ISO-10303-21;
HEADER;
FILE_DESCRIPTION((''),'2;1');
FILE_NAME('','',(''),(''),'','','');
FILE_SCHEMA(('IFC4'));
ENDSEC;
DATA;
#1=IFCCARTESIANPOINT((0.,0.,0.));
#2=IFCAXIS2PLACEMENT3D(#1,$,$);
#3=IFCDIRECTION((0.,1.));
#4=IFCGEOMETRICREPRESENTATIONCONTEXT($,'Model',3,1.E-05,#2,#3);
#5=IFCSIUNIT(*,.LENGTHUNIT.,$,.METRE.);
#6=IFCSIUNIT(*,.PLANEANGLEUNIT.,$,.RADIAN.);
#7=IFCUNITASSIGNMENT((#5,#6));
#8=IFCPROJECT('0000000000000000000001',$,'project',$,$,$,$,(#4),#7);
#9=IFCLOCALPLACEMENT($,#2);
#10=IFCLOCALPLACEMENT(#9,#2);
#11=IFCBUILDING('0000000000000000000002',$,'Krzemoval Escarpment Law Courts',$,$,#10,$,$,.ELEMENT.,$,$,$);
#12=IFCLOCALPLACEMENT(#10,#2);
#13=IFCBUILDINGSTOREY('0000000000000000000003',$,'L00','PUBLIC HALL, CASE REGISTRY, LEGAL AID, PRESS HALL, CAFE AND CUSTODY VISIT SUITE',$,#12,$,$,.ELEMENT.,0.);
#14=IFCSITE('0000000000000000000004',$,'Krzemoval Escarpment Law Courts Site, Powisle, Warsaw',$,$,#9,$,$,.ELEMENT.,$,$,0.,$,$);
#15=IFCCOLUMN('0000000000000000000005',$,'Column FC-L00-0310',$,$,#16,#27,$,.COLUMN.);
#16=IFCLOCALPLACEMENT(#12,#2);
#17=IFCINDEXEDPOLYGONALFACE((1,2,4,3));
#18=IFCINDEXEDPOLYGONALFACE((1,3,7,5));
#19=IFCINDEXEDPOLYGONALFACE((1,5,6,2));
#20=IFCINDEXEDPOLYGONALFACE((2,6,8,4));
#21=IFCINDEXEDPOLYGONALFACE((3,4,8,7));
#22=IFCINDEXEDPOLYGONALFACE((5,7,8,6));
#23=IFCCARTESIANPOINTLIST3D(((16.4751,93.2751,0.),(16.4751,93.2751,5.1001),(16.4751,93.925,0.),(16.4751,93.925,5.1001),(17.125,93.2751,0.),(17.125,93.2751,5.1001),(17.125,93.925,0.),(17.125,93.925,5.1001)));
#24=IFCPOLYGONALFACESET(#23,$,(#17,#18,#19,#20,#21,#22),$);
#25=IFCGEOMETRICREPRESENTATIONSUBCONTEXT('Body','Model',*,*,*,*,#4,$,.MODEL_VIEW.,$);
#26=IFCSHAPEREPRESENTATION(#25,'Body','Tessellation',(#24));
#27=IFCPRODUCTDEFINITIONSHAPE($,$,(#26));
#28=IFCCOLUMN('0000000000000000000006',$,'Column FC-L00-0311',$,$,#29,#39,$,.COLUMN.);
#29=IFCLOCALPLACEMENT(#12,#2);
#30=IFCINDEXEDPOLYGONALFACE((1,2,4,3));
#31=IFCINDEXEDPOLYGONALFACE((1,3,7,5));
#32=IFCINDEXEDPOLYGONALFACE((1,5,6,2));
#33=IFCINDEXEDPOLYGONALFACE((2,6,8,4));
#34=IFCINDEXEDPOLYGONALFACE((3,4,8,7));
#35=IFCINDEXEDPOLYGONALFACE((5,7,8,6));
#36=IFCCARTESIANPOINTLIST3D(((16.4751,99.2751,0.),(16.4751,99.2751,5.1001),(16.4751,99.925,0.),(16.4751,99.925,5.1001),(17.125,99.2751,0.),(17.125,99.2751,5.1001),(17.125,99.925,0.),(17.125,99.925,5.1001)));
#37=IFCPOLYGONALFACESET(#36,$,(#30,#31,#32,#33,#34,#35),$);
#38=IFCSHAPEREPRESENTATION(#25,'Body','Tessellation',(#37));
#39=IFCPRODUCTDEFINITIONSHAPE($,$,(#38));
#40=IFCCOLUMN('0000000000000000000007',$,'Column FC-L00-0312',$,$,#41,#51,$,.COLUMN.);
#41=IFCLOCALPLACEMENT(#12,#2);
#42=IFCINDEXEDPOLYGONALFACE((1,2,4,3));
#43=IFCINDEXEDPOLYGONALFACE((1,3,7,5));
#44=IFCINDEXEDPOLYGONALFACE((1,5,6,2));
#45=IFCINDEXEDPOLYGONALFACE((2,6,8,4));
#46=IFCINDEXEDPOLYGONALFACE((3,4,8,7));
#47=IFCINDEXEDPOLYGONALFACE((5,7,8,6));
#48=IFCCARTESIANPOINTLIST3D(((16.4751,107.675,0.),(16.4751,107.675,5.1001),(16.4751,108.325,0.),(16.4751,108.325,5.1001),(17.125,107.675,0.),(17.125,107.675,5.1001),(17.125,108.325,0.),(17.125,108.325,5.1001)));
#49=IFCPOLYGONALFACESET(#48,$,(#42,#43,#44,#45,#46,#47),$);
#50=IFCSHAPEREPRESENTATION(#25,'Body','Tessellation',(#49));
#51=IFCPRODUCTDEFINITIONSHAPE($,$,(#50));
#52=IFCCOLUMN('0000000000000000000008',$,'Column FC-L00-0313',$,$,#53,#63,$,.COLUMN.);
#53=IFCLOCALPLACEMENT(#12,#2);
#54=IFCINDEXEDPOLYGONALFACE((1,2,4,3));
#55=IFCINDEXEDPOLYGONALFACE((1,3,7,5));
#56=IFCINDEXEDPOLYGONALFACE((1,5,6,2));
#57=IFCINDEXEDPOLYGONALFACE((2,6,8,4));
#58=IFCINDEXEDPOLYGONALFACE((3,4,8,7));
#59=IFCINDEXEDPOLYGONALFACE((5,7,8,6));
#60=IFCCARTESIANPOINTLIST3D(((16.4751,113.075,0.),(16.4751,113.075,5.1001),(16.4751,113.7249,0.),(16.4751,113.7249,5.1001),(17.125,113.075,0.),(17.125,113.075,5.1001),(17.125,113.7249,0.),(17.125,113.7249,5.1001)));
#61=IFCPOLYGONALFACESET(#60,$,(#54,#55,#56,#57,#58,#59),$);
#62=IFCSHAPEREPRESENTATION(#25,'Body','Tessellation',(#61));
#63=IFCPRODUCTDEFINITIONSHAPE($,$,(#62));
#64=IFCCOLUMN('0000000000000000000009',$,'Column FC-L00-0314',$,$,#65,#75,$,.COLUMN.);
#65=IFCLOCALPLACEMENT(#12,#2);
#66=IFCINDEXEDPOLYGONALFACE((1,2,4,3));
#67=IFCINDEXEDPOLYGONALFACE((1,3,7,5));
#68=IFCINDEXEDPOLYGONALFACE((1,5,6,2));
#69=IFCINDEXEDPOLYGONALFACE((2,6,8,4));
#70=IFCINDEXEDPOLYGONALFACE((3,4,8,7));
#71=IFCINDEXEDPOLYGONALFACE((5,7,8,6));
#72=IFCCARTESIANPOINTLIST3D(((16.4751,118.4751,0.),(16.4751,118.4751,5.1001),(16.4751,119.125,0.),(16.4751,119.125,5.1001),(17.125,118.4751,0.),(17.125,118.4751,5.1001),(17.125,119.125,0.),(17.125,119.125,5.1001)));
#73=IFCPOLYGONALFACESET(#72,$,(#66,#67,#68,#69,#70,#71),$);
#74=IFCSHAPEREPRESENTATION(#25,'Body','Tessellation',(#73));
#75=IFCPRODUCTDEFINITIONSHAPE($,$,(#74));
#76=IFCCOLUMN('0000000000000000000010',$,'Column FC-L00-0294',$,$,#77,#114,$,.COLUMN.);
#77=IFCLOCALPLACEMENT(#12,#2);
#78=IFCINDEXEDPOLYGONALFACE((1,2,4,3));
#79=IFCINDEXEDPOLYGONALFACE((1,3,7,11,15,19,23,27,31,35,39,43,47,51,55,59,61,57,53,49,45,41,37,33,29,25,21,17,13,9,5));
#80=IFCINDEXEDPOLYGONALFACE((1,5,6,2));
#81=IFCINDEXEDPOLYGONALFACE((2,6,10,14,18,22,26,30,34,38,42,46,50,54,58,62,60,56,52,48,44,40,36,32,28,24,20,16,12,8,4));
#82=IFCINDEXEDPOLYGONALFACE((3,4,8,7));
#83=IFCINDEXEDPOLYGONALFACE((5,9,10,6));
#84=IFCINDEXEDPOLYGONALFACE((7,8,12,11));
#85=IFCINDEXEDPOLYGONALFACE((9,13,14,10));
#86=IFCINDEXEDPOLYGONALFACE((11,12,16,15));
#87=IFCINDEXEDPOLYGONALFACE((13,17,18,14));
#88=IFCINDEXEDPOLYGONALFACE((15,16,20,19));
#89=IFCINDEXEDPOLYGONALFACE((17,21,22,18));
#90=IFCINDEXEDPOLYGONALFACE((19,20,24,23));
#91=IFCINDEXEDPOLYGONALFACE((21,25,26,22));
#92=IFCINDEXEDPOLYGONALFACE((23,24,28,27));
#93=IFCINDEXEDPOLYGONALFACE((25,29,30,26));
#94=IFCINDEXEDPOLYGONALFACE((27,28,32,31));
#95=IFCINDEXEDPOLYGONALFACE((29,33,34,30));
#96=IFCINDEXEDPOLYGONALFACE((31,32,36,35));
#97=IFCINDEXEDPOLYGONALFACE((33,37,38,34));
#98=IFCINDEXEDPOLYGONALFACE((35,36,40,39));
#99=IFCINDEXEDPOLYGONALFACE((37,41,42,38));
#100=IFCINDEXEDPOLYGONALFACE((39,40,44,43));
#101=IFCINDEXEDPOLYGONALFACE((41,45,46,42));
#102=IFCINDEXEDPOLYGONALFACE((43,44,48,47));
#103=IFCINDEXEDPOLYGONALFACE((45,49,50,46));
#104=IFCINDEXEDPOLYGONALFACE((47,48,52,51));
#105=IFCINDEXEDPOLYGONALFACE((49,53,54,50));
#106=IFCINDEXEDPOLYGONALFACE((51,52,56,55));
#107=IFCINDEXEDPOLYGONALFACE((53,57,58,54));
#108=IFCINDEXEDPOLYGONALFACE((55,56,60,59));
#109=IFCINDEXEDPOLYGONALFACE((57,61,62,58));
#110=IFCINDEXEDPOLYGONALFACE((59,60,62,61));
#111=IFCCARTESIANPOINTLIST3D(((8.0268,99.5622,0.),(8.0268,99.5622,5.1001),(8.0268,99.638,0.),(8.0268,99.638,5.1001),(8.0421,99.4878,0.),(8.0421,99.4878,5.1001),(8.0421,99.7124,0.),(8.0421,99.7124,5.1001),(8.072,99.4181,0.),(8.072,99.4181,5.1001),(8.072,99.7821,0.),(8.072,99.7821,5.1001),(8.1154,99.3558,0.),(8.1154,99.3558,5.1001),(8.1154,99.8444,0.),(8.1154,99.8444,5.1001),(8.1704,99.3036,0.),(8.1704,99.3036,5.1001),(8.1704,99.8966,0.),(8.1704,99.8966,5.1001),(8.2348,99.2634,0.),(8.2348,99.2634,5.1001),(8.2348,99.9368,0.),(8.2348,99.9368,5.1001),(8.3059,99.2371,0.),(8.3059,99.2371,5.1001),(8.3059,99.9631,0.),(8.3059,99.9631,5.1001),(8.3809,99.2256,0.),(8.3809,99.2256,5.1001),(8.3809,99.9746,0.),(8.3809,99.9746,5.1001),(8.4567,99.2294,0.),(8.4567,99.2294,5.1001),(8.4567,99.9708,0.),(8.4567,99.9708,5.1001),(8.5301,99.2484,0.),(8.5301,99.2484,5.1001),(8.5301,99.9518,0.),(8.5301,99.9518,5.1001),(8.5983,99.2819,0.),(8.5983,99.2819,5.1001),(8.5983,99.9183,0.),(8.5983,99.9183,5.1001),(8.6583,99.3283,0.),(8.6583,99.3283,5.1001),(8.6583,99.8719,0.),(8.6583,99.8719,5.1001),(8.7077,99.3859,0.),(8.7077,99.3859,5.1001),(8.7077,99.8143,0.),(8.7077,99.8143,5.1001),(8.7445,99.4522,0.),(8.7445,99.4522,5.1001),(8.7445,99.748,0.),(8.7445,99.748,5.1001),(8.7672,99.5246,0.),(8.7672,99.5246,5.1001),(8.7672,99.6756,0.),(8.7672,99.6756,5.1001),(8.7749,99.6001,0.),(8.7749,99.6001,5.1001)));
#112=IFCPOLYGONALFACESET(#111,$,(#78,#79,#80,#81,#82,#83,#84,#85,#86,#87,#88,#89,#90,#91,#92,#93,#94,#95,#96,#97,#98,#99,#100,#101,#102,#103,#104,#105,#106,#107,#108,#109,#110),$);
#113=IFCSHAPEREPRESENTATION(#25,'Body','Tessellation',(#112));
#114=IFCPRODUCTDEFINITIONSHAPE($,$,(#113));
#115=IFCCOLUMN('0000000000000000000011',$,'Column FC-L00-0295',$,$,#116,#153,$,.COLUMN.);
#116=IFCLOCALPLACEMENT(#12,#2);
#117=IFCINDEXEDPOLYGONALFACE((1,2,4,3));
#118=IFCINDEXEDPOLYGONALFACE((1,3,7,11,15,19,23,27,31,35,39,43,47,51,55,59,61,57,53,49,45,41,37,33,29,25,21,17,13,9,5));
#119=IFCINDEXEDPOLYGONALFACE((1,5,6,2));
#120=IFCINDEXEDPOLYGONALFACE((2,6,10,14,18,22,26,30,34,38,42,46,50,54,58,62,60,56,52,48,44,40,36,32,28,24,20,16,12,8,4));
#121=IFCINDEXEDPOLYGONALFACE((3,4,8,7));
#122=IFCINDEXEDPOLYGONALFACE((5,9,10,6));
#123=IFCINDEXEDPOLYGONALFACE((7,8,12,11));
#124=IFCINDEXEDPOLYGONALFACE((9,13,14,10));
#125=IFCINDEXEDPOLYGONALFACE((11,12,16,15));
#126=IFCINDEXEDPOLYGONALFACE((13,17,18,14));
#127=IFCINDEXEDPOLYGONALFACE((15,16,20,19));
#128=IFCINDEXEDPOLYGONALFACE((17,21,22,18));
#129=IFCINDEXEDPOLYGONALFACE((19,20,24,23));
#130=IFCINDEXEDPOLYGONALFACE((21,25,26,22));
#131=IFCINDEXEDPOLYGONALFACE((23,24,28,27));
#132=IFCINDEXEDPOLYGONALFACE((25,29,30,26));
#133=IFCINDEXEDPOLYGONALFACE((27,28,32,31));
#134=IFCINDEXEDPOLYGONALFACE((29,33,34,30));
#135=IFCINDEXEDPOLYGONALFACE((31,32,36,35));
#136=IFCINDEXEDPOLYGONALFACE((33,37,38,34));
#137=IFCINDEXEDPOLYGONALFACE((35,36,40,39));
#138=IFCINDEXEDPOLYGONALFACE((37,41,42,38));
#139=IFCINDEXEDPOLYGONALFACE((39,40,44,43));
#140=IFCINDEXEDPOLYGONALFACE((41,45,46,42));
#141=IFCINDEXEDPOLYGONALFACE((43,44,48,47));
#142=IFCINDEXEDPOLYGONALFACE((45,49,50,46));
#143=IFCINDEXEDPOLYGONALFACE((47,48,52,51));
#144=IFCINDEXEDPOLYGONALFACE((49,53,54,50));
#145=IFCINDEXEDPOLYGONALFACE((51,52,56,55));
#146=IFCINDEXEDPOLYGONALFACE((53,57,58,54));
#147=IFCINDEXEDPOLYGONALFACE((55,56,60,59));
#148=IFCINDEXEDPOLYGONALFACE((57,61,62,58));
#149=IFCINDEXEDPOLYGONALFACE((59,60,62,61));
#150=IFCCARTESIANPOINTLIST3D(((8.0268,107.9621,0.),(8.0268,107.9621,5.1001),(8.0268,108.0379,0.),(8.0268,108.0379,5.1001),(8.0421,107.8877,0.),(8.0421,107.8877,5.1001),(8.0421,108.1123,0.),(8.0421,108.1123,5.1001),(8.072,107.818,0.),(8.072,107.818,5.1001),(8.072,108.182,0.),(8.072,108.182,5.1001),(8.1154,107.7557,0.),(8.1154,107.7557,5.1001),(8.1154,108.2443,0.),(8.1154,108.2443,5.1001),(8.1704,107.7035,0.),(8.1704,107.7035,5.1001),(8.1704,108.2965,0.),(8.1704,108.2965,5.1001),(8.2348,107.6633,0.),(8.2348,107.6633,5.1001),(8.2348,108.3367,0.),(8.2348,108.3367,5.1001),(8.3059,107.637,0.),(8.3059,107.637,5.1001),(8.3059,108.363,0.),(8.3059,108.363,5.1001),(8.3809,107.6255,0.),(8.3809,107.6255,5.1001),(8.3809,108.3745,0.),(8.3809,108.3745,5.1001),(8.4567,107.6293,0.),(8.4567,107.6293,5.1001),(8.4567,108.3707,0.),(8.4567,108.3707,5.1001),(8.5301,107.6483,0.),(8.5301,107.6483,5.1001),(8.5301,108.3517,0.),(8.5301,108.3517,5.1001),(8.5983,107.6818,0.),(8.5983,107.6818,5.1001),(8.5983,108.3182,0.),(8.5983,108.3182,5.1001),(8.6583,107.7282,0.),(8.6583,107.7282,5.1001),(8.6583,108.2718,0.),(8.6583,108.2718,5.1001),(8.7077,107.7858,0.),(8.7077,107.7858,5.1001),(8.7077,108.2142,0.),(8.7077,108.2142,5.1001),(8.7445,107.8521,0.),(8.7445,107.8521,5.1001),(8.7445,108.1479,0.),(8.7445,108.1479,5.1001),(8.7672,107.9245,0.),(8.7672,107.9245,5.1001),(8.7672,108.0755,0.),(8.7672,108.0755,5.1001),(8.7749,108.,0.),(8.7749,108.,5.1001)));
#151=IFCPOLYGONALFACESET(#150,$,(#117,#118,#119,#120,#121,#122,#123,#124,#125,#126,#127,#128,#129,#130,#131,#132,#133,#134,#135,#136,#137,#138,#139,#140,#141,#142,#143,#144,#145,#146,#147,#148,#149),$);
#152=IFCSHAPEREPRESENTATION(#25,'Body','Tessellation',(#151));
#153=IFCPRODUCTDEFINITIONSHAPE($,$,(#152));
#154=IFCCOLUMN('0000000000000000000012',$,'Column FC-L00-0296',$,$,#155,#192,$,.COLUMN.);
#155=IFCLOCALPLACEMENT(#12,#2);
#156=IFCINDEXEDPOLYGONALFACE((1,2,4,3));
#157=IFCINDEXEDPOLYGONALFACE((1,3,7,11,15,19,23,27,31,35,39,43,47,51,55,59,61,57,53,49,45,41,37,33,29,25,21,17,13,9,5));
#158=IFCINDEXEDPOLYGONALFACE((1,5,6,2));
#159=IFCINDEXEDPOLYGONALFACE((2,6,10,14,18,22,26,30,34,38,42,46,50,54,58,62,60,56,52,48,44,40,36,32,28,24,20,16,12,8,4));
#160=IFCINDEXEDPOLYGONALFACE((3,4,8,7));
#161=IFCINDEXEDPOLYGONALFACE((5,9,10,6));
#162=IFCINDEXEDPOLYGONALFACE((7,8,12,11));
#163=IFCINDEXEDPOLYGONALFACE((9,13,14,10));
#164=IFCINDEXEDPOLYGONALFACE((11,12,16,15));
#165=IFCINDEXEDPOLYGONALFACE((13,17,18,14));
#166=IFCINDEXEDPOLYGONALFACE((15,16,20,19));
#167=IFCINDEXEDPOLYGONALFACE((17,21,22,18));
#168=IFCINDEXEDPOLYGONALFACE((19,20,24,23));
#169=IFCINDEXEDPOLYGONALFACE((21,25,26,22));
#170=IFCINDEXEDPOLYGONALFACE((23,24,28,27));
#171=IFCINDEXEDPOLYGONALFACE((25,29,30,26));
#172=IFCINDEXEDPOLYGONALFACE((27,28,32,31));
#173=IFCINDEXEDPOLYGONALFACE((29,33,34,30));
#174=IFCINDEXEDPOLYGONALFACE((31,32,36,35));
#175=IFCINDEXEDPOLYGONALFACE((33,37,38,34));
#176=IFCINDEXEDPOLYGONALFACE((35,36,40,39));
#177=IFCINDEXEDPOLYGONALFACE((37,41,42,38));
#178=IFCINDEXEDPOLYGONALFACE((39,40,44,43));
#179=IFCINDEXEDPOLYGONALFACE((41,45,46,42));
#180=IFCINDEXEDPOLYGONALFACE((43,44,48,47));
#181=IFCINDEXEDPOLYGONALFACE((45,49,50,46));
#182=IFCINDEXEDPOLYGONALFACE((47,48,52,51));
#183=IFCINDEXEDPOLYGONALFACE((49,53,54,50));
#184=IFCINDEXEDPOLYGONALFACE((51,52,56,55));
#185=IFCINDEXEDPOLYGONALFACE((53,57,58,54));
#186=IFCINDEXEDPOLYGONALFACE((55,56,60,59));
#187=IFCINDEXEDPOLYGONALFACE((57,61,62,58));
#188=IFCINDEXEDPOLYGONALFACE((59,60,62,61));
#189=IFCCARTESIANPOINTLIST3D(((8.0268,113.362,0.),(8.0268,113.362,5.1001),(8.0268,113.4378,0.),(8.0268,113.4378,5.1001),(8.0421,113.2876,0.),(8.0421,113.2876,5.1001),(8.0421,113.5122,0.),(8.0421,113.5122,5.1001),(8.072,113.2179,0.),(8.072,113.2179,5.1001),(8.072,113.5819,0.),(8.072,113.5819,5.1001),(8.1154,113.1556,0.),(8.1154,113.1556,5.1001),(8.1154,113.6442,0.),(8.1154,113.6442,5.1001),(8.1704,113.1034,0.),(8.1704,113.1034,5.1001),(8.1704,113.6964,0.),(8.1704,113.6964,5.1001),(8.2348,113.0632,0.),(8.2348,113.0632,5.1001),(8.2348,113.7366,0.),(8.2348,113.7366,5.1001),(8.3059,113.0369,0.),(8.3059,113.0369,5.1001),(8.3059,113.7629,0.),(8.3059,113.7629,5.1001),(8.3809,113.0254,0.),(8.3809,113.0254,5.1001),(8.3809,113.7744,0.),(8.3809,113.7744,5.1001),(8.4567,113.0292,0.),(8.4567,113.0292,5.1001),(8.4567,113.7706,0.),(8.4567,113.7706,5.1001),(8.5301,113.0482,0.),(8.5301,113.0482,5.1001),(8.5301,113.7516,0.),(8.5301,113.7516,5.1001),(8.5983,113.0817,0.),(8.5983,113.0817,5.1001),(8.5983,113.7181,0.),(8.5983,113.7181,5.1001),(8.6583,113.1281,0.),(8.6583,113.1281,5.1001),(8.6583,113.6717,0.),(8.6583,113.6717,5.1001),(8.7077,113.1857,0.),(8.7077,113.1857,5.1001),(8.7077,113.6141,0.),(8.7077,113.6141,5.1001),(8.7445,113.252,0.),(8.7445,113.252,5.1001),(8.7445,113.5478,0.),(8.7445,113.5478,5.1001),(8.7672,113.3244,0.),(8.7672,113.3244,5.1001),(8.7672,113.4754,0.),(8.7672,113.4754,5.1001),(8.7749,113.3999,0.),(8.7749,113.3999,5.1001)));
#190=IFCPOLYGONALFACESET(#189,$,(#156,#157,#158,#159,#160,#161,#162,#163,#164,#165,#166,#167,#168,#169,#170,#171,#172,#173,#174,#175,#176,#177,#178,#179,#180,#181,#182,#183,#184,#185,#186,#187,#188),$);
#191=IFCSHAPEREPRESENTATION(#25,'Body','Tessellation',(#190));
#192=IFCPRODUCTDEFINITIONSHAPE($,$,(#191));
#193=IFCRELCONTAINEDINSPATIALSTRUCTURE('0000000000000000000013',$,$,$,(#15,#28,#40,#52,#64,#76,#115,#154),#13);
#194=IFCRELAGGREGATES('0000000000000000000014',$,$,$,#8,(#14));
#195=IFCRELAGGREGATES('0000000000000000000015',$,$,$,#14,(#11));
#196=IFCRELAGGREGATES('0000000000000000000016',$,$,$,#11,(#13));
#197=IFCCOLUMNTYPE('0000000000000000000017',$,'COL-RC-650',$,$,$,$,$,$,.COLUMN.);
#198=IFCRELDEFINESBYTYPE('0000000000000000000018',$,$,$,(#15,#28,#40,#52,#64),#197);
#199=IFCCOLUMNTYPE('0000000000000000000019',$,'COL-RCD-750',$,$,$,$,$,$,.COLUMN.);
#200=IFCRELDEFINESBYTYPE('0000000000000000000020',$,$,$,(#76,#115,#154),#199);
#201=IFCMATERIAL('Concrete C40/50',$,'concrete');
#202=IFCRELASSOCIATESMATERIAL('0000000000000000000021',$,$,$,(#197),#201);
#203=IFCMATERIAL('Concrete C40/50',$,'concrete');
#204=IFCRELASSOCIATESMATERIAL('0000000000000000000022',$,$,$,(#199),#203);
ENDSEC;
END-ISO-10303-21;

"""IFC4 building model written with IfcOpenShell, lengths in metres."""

from ifc_helpers import new_model, si_unit, direction, frame, origin, origin_2d, place, context, subcontext, project, spatial, rectangle, circle, extrude, material, material_profile, profile_set, type_object, element, save


model = new_model("IFC4")

# Units and contexts
model_context = context("Model", 3, precision=1e-05, world=origin(), true_north=direction((0.0, 1.0)))
body_context = subcontext(model_context, "Body", "Model", "MODEL_VIEW")
ifc_project = project(units=[si_unit("LENGTHUNIT", "METRE"), si_unit("PLANEANGLEUNIT", "RADIAN")], contexts=[model_context])

# Site, building, storey
site_placement = place(None, origin())
site = spatial("IfcSite", under=ifc_project, at=site_placement, Name="Krzemoval Escarpment Law Courts Site, Powisle, Warsaw", CompositionType="ELEMENT", RefElevation=0.0)
building_placement = place(site_placement, origin())
building = spatial("IfcBuilding", under=site, at=building_placement, Name="Krzemoval Escarpment Law Courts", CompositionType="ELEMENT")
storey_placement = place(building_placement, origin())
storey = spatial("IfcBuildingStorey", under=building, at=storey_placement, Name="L00", Description="PUBLIC HALL, CASE REGISTRY, LEGAL AID, PRESS HALL, CAFE AND CUSTODY VISIT SUITE", CompositionType="ELEMENT", Elevation=0.0)

# Columns
ifc_material_1 = material(Name="Concrete C40/50", Category="concrete")
ifc_material_profile_1 = material_profile(ifc_material_1, rectangle(XDim=0.6499, YDim=0.6499, at=origin_2d()), Name="RC 650x650")
ifc_profile_set_1 = profile_set([ifc_material_profile_1], Name="Concrete C40/50")
column_type_1 = type_object("IfcColumnType", Name="COL-RC-650", PredefinedType="COLUMN", material=ifc_profile_set_1)
for number, where, z_axis, x_axis, name in (
    (1, (16.8, 93.6001, 0.0), (0.0, 0.0, 1.0), (1.0, 0.0, 0.0), "Column FC-L00-0310"),
    (2, (16.8, 99.6001, 0.0), (0.0, 0.0, 1.0), (1.0, 0.0, 0.0), "Column FC-L00-0311"),
    (3, (16.8, 108.0, 0.0), (0.0, 0.0, 1.0), (1.0, 0.0, 0.0), "Column FC-L00-0312"),
    (4, (16.8, 113.3999, 0.0), (0.0, 0.0, 1.0), (1.0, 0.0, 0.0), "Column FC-L00-0313"),
    (5, (16.8, 118.8, 0.0), (0.0, 0.0, 1.0), (1.0, 0.0, 0.0), "Column FC-L00-0314"),
):
    element("IfcColumn", number, at=place(storey_placement, frame(where, z_axis=z_axis, x_axis=x_axis)), inside=storey, type_object=column_type_1, Name=name, PredefinedType="COLUMN", context=body_context, shape_type="SweptSolid", body=[
        extrude(rectangle(XDim=0.6499, YDim=0.6499, at=origin_2d()), origin(), (0.0, 0.0, 1.0), 5.1001),
    ])
ifc_material_2 = material(Name="Concrete C40/50", Category="concrete")
ifc_material_profile_2 = material_profile(ifc_material_2, circle(Radius=0.375, at=origin_2d()), Name="RC D750")
ifc_profile_set_2 = profile_set([ifc_material_profile_2], Name="Concrete C40/50")
column_type_2 = type_object("IfcColumnType", Name="COL-RCD-750", PredefinedType="COLUMN", material=ifc_profile_set_2)
for number, where, z_axis, x_axis, name in (
    (6, (8.3999, 99.6001, 0.0), (0.0, 0.0, 1.0), (1.0, 0.0, 0.0), "Column FC-L00-0294"),
    (7, (8.3999, 108.0, 0.0), (0.0, 0.0, 1.0), (1.0, 0.0, 0.0), "Column FC-L00-0295"),
    (8, (8.3999, 113.3999, 0.0), (0.0, 0.0, 1.0), (1.0, 0.0, 0.0), "Column FC-L00-0296"),
):
    element("IfcColumn", number, at=place(storey_placement, frame(where, z_axis=z_axis, x_axis=x_axis)), inside=storey, type_object=column_type_2, Name=name, PredefinedType="COLUMN", context=body_context, shape_type="SweptSolid", body=[
        extrude(circle(Radius=0.375, at=origin_2d()), origin(), (0.0, 0.0, 1.0), 5.1001),
    ])

save(model, "model.ifc")
